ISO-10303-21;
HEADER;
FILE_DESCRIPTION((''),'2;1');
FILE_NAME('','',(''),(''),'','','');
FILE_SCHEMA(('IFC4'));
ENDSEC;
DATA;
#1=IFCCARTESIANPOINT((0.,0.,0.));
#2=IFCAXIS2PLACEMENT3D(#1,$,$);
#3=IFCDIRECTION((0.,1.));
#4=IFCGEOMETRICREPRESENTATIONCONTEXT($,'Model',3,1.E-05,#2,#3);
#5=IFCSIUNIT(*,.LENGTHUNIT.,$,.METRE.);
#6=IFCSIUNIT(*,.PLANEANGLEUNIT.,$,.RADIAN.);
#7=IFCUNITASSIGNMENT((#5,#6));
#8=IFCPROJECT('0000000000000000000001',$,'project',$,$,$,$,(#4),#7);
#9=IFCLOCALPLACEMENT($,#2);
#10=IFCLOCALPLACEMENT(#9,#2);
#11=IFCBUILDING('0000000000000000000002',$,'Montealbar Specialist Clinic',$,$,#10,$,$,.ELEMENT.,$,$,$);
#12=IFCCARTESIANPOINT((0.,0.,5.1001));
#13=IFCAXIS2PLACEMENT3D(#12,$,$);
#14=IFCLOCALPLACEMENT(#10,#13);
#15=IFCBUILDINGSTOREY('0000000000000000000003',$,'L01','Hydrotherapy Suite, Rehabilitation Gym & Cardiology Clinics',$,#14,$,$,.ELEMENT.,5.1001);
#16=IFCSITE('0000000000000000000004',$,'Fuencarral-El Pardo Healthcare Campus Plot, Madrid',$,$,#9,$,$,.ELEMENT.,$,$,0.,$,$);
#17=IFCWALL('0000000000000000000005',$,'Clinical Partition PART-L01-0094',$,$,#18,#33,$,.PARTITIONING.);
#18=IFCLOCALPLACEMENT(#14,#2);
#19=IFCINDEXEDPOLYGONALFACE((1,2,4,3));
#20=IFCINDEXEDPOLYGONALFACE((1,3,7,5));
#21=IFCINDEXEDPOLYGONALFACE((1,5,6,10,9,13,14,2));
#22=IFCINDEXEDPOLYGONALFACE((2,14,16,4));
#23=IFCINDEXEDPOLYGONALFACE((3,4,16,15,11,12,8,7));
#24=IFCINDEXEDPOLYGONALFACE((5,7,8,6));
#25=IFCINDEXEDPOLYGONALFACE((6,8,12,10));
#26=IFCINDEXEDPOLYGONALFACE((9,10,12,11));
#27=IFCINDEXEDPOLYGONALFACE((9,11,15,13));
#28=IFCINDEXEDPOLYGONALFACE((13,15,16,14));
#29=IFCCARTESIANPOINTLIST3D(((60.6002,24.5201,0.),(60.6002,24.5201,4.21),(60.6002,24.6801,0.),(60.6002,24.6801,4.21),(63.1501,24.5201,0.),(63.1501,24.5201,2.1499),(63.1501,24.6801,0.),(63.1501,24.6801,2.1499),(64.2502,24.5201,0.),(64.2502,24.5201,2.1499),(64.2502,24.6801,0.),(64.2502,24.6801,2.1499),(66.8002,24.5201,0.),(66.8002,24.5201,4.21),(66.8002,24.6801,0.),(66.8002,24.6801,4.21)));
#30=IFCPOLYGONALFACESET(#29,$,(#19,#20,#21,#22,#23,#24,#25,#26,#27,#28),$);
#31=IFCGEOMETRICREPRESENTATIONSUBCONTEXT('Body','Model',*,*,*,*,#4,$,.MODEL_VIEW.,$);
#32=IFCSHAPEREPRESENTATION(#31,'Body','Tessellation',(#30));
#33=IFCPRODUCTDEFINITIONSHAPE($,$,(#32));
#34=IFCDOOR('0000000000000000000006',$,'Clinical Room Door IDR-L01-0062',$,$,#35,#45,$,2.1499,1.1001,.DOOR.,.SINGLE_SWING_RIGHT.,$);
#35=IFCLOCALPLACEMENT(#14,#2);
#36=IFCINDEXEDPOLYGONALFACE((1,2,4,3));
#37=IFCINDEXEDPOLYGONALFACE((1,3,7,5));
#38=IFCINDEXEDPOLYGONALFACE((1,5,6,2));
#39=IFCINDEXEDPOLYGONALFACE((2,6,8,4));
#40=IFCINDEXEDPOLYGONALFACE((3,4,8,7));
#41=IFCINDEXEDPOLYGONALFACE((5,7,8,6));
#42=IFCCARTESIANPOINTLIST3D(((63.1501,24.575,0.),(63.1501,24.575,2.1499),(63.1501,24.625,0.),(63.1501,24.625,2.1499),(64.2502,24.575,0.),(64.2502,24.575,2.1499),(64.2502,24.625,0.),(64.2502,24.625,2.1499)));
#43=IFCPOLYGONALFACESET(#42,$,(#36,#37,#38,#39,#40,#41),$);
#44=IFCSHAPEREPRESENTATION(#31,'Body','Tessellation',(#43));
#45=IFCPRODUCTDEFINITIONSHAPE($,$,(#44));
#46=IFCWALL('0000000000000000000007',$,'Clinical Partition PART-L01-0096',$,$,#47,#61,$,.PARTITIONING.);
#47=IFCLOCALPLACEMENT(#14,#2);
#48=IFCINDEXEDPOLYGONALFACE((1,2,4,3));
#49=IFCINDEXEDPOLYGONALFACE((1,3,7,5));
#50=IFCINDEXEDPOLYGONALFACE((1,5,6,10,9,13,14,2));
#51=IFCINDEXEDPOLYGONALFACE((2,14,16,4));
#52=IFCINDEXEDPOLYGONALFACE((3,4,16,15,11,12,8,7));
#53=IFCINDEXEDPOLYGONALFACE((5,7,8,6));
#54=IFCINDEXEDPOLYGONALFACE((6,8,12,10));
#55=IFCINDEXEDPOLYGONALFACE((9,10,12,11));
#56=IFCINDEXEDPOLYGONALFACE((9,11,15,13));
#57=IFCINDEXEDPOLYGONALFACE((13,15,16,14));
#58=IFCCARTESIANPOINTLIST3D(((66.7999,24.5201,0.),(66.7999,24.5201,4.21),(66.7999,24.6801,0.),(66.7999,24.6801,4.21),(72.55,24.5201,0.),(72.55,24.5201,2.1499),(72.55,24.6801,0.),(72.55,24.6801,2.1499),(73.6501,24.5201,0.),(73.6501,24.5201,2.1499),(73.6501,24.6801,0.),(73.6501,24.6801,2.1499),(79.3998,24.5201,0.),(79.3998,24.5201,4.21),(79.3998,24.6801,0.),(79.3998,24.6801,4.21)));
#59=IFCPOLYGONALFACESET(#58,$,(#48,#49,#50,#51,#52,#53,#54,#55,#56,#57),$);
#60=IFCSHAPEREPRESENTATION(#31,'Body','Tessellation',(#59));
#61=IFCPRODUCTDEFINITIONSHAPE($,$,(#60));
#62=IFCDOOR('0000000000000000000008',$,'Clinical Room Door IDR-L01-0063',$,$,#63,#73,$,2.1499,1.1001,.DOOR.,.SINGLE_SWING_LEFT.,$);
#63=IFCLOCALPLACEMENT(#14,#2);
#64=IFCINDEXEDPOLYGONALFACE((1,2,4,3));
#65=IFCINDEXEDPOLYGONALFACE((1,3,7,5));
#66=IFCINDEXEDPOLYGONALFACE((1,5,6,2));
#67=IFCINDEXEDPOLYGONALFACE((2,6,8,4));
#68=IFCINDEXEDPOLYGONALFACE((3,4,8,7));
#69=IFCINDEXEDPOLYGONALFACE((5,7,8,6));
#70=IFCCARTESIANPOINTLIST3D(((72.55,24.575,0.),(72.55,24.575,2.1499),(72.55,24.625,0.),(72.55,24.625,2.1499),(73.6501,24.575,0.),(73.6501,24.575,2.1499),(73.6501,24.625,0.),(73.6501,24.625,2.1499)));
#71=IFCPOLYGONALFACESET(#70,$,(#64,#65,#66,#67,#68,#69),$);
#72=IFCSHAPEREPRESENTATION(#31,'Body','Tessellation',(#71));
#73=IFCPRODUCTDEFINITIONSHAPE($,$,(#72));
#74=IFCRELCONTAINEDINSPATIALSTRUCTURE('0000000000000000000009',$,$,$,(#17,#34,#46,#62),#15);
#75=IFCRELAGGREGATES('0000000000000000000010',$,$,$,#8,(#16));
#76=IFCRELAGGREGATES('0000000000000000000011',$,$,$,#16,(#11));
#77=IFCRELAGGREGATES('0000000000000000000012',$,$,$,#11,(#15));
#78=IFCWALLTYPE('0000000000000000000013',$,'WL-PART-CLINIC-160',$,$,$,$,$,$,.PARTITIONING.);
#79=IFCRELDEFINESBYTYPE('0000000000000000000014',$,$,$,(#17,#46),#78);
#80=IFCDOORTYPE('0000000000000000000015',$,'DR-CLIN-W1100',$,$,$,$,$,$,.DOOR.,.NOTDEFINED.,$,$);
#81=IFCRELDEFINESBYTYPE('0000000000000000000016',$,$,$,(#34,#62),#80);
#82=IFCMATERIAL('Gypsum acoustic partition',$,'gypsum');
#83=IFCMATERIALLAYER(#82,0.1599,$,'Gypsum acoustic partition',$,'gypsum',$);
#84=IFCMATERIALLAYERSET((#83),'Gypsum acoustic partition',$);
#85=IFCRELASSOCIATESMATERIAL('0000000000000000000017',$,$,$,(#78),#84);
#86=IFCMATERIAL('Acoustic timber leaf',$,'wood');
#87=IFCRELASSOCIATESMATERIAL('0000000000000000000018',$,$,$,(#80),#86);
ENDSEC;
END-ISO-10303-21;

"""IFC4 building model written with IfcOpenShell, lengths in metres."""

from ifc_helpers import new_model, si_unit, direction, frame, frame_2d, origin, place, context, subcontext, project, spatial, rectangle, extrude, material, layer, layer_set, type_object, element, fill, save


model = new_model("IFC4")

# Units and contexts
model_context = context("Model", 3, precision=1e-05, world=origin(), true_north=direction((0.0, 1.0)))
body_context = subcontext(model_context, "Body", "Model", "MODEL_VIEW")
ifc_project = project(units=[si_unit("LENGTHUNIT", "METRE"), si_unit("PLANEANGLEUNIT", "RADIAN")], contexts=[model_context])

# Site, building, storey
site_placement = place(None, origin())
site = spatial("IfcSite", under=ifc_project, at=site_placement, Name="Fuencarral-El Pardo Healthcare Campus Plot, Madrid", CompositionType="ELEMENT", RefElevation=0.0)
building_placement = place(site_placement, origin())
building = spatial("IfcBuilding", under=site, at=building_placement, Name="Montealbar Specialist Clinic", CompositionType="ELEMENT")
storey_placement = place(building_placement, frame((0.0, 0.0, 5.1001)))
storey = spatial("IfcBuildingStorey", under=building, at=storey_placement, Name="L01", Description="Hydrotherapy Suite, Rehabilitation Gym & Cardiology Clinics", CompositionType="ELEMENT", Elevation=5.1001)

# Walls, openings, doors
ifc_material_1 = material(Name="Gypsum acoustic partition", Category="gypsum")
ifc_layer = layer(ifc_material_1, 0.1599, Name="Gypsum acoustic partition", Category="gypsum")
ifc_layer_set = layer_set([ifc_layer], Name="Gypsum acoustic partition")
wall_type = type_object("IfcWallType", Name="WL-PART-CLINIC-160", PredefinedType="PARTITIONING", material=ifc_layer_set)
ifc_material_2 = material(Name="Acoustic timber leaf", Category="wood")
door_type = type_object("IfcDoorType", Name="DR-CLIN-W1100", OperationType="NOTDEFINED", PredefinedType="DOOR", material=ifc_material_2)
wall_1_placement = place(storey_placement, frame((60.6001, 24.6001, 0.0), z_axis=(0.0, 0.0, 1.0), x_axis=(1.0, 0.0, 0.0)))
wall_1 = element("IfcWall", 1, at=wall_1_placement, inside=storey, type_object=wall_type, Name="Clinical Partition PART-L01-0094", PredefinedType="PARTITIONING", context=body_context, shape_type="SweptSolid", body=[
    extrude(rectangle(XDim=6.2, YDim=0.1599, at=frame_2d((3.1001, 0.0))), origin(), (0.0, 0.0, 1.0), 4.21),
])
opening_1_placement = place(wall_1_placement, frame((2.55, 0.0, 0.0)))
opening_1 = element("IfcOpeningElement", 2, at=opening_1_placement, cuts=wall_1, PredefinedType="OPENING", context=body_context, shape_type="SweptSolid", body=[
    extrude(rectangle(XDim=1.1001, YDim=2.1499, at=frame_2d((0.55, 1.075))), frame((0.0, 0.0898, 0.0), z_axis=(0.0, -1.0, 0.0), x_axis=(1.0, 0.0, 0.0)), (0.0, 0.0, 1.0), 0.1799),
])
door_1_placement = place(opening_1_placement, origin())
door_1 = element("IfcDoor", 3, at=door_1_placement, inside=storey, type_object=door_type, Name="Clinical Room Door IDR-L01-0062", OperationType="SINGLE_SWING_RIGHT", OverallHeight=2.1499, OverallWidth=1.1001, PredefinedType="DOOR", context=body_context, shape_type="SweptSolid", body=[
    extrude(rectangle(XDim=1.1001, YDim=2.1499, at=frame_2d((0.55, 1.075))), frame((0.0, 0.0249, 0.0), z_axis=(0.0, -1.0, 0.0), x_axis=(1.0, 0.0, 0.0)), (0.0, 0.0, 1.0), 0.05),
])
fill(opening_1, door_1)
wall_2_placement = place(storey_placement, frame((66.8, 24.6001, 0.0), z_axis=(0.0, 0.0, 1.0), x_axis=(1.0, 0.0, 0.0)))
wall_2 = element("IfcWall", 4, at=wall_2_placement, inside=storey, type_object=wall_type, Name="Clinical Partition PART-L01-0096", PredefinedType="PARTITIONING", context=body_context, shape_type="SweptSolid", body=[
    extrude(rectangle(XDim=12.5999, YDim=0.1599, at=frame_2d((6.2998, 0.0))), origin(), (0.0, 0.0, 1.0), 4.21),
])
opening_2_placement = place(wall_2_placement, frame((5.75, 0.0, 0.0)))
opening_2 = element("IfcOpeningElement", 5, at=opening_2_placement, cuts=wall_2, PredefinedType="OPENING", context=body_context, shape_type="SweptSolid", body=[
    extrude(rectangle(XDim=1.1001, YDim=2.1499, at=frame_2d((0.55, 1.075))), frame((0.0, 0.0898, 0.0), z_axis=(0.0, -1.0, 0.0), x_axis=(1.0, 0.0, 0.0)), (0.0, 0.0, 1.0), 0.1799),
])
door_2_placement = place(opening_2_placement, origin())
door_2 = element("IfcDoor", 6, at=door_2_placement, inside=storey, type_object=door_type, Name="Clinical Room Door IDR-L01-0063", OperationType="SINGLE_SWING_LEFT", OverallHeight=2.1499, OverallWidth=1.1001, PredefinedType="DOOR", context=body_context, shape_type="SweptSolid", body=[
    extrude(rectangle(XDim=1.1001, YDim=2.1499, at=frame_2d((0.55, 1.075))), frame((0.0, 0.0249, 0.0), z_axis=(0.0, -1.0, 0.0), x_axis=(1.0, 0.0, 0.0)), (0.0, 0.0, 1.0), 0.05),
])
fill(opening_2, door_2)

save(model, "model.ifc")
